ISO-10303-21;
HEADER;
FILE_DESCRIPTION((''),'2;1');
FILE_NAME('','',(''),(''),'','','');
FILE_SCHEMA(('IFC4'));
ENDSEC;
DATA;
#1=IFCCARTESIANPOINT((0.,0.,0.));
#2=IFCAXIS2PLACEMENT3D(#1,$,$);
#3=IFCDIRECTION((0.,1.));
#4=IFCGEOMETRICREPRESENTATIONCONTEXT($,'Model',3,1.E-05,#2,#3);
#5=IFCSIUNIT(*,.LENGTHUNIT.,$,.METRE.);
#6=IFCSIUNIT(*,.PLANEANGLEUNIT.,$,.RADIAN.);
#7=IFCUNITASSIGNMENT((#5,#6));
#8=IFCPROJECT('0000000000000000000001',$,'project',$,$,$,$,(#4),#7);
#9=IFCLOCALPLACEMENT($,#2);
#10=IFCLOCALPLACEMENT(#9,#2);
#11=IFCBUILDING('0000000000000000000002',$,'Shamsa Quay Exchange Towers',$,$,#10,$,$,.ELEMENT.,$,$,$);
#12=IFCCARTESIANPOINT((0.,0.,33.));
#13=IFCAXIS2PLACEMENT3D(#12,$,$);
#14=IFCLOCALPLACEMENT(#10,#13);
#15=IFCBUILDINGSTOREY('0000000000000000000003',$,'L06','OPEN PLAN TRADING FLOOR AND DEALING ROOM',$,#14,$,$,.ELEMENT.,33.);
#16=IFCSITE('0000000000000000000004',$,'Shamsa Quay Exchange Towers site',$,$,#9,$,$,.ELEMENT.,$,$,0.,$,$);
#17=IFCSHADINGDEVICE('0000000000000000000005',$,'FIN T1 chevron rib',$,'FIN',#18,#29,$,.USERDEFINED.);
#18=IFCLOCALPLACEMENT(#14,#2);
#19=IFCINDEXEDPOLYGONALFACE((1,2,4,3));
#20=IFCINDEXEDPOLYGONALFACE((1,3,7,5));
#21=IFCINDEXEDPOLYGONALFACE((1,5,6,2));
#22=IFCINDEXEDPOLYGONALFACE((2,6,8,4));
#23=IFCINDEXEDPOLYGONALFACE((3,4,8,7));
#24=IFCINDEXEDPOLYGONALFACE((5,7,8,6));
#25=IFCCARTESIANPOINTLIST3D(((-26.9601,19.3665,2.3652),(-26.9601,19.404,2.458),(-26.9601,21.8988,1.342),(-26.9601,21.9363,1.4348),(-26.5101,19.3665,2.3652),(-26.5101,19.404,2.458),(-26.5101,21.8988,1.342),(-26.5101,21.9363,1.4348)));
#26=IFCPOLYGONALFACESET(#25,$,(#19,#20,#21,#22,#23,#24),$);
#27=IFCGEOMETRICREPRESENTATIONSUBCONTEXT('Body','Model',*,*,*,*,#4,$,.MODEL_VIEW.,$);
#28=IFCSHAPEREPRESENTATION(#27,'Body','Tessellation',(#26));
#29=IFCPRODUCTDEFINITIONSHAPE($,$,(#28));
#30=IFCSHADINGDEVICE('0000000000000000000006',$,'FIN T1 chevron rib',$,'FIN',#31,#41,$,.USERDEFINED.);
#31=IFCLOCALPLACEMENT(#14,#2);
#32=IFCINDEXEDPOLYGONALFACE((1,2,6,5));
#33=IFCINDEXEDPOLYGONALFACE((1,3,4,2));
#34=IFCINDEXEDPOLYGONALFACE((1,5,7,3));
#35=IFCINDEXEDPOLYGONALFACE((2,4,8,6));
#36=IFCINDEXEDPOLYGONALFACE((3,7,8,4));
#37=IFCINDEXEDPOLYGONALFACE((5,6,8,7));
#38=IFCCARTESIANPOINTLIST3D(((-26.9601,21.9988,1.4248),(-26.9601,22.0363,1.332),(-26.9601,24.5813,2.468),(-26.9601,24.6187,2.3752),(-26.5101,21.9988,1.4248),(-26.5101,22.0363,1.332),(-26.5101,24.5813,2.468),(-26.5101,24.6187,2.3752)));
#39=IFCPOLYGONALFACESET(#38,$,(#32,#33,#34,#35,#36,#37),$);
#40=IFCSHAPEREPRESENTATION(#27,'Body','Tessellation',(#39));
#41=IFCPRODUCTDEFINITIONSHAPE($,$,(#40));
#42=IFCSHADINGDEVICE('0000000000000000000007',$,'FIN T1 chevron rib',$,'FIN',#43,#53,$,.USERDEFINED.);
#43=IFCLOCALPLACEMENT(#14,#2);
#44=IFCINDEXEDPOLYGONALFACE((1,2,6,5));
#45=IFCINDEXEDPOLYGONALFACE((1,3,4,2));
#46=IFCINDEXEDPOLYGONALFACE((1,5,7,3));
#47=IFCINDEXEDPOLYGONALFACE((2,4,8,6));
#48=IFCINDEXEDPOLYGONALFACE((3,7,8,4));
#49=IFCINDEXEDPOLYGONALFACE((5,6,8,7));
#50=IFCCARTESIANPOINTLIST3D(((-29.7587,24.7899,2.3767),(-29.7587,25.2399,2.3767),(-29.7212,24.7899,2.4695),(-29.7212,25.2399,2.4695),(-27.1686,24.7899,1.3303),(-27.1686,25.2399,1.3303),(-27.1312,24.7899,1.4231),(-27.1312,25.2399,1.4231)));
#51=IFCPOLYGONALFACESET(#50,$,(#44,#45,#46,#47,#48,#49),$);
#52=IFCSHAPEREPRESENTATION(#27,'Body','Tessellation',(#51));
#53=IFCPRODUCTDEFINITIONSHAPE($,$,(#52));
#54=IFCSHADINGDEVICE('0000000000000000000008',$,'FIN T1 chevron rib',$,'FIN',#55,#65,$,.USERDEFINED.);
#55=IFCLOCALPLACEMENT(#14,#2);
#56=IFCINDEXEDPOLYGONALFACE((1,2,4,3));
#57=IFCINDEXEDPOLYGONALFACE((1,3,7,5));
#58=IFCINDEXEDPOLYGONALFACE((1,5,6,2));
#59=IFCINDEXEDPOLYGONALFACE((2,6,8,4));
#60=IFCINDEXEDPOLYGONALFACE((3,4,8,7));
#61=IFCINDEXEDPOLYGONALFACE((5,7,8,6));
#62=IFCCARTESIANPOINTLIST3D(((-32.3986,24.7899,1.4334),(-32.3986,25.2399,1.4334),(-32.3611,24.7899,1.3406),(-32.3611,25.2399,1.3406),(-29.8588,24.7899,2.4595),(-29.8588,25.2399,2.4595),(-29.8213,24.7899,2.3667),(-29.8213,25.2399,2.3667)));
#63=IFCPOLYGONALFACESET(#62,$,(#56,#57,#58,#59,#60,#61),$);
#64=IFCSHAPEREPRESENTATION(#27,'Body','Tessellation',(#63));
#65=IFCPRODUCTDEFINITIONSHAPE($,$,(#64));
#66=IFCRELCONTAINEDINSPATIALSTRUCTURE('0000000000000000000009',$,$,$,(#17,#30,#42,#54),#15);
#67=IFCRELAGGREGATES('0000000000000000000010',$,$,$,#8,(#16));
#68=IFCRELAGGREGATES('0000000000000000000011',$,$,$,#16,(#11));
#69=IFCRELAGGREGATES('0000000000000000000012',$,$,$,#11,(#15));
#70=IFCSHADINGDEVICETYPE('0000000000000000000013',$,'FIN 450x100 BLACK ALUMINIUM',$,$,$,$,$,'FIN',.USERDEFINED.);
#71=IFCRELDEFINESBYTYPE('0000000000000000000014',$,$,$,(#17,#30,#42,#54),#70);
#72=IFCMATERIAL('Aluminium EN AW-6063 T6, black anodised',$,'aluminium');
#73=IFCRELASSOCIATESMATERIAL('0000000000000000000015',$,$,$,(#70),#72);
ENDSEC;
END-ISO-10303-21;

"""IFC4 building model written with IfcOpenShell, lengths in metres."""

from ifc_helpers import new_model, si_unit, direction, frame, origin, origin_2d, place, context, subcontext, project, spatial, rectangle, extrude, material, material_profile, profile_set, type_object, element, save


model = new_model("IFC4")

# Units and contexts
model_context = context("Model", 3, precision=1e-05, world=origin(), true_north=direction((0.0, 1.0)))
body_context = subcontext(model_context, "Body", "Model", "MODEL_VIEW")
ifc_project = project(units=[si_unit("LENGTHUNIT", "METRE"), si_unit("PLANEANGLEUNIT", "RADIAN")], contexts=[model_context])

# Site, building, storey
site_placement = place(None, origin())
site = spatial("IfcSite", under=ifc_project, at=site_placement, Name="Shamsa Quay Exchange Towers site", CompositionType="ELEMENT", RefElevation=0.0)
building_placement = place(site_placement, origin())
building = spatial("IfcBuilding", under=site, at=building_placement, Name="Shamsa Quay Exchange Towers", CompositionType="ELEMENT")
storey_placement = place(building_placement, frame((0.0, 0.0, 33.0)))
storey = spatial("IfcBuildingStorey", under=building, at=storey_placement, Name="L06", Description="OPEN PLAN TRADING FLOOR AND DEALING ROOM", CompositionType="ELEMENT", Elevation=33.0)

# Shared definitions
ifc_material_1 = material(Name="Aluminium EN AW-6063 T6, black anodised", Category="aluminium")

# Shading devices
ifc_material_profile_1 = material_profile(ifc_material_1, rectangle(XDim=0.45, YDim=0.1001, at=origin_2d()), Name="FIN450x100")
ifc_profile_set_1 = profile_set([ifc_material_profile_1], Name="Aluminium EN AW-6063 T6, black anodised")
shading_device_type = type_object("IfcShadingDeviceType", Name="FIN 450x100 BLACK ALUMINIUM", ElementType="FIN", PredefinedType="USERDEFINED", material=ifc_profile_set_1)
shading_device_1_placement = place(storey_placement, frame((-26.7351, 19.3853, 2.4116), z_axis=(0.0, 0.92717, -0.37464), x_axis=(-1.0, 0.0, 0.0)))
element("IfcShadingDevice", 1, at=shading_device_1_placement, inside=storey, type_object=shading_device_type, Name="FIN T1 chevron rib", ObjectType="FIN", PredefinedType="USERDEFINED", context=body_context, shape_type="SweptSolid", body=[
    extrude(rectangle(XDim=0.45, YDim=0.1001, at=origin_2d()), origin(), (0.0, 0.0, 1.0), 2.7312),
])
shading_device_2_placement = place(storey_placement, frame((-26.7351, 22.0176, 1.3784), z_axis=(0.0, 0.927208, 0.374547), x_axis=(-1.0, 0.0, 0.0)))
element("IfcShadingDevice", 2, at=shading_device_2_placement, inside=storey, type_object=shading_device_type, Name="FIN T1 chevron rib", ObjectType="FIN", PredefinedType="USERDEFINED", context=body_context, shape_type="SweptSolid", body=[
    extrude(rectangle(XDim=0.45, YDim=0.1001, at=origin_2d()), origin(), (0.0, 0.0, 1.0), 2.7852),
])
shading_device_3_placement = place(storey_placement, frame((-27.1499, 25.0149, 1.3767), z_axis=(-0.927193, 0.0, 0.374583), x_axis=(0.0, -1.0, 0.0)))
element("IfcShadingDevice", 3, at=shading_device_3_placement, inside=storey, type_object=shading_device_type, Name="FIN T1 chevron rib", ObjectType="FIN", PredefinedType="USERDEFINED", context=body_context, shape_type="SweptSolid", body=[
    extrude(rectangle(XDim=0.45, YDim=0.1001, at=origin_2d()), origin(), (0.0, 0.0, 1.0), 2.7935),
])
shading_device_4_placement = place(storey_placement, frame((-29.8401, 25.0149, 2.4131), z_axis=(-0.927186, 0.0, -0.3746), x_axis=(0.0, -1.0, 0.0)))
element("IfcShadingDevice", 4, at=shading_device_4_placement, inside=storey, type_object=shading_device_type, Name="FIN T1 chevron rib", ObjectType="FIN", PredefinedType="USERDEFINED", context=body_context, shape_type="SweptSolid", body=[
    extrude(rectangle(XDim=0.45, YDim=0.1001, at=origin_2d()), origin(), (0.0, 0.0, 1.0), 2.7393),
])

save(model, "model.ifc")
